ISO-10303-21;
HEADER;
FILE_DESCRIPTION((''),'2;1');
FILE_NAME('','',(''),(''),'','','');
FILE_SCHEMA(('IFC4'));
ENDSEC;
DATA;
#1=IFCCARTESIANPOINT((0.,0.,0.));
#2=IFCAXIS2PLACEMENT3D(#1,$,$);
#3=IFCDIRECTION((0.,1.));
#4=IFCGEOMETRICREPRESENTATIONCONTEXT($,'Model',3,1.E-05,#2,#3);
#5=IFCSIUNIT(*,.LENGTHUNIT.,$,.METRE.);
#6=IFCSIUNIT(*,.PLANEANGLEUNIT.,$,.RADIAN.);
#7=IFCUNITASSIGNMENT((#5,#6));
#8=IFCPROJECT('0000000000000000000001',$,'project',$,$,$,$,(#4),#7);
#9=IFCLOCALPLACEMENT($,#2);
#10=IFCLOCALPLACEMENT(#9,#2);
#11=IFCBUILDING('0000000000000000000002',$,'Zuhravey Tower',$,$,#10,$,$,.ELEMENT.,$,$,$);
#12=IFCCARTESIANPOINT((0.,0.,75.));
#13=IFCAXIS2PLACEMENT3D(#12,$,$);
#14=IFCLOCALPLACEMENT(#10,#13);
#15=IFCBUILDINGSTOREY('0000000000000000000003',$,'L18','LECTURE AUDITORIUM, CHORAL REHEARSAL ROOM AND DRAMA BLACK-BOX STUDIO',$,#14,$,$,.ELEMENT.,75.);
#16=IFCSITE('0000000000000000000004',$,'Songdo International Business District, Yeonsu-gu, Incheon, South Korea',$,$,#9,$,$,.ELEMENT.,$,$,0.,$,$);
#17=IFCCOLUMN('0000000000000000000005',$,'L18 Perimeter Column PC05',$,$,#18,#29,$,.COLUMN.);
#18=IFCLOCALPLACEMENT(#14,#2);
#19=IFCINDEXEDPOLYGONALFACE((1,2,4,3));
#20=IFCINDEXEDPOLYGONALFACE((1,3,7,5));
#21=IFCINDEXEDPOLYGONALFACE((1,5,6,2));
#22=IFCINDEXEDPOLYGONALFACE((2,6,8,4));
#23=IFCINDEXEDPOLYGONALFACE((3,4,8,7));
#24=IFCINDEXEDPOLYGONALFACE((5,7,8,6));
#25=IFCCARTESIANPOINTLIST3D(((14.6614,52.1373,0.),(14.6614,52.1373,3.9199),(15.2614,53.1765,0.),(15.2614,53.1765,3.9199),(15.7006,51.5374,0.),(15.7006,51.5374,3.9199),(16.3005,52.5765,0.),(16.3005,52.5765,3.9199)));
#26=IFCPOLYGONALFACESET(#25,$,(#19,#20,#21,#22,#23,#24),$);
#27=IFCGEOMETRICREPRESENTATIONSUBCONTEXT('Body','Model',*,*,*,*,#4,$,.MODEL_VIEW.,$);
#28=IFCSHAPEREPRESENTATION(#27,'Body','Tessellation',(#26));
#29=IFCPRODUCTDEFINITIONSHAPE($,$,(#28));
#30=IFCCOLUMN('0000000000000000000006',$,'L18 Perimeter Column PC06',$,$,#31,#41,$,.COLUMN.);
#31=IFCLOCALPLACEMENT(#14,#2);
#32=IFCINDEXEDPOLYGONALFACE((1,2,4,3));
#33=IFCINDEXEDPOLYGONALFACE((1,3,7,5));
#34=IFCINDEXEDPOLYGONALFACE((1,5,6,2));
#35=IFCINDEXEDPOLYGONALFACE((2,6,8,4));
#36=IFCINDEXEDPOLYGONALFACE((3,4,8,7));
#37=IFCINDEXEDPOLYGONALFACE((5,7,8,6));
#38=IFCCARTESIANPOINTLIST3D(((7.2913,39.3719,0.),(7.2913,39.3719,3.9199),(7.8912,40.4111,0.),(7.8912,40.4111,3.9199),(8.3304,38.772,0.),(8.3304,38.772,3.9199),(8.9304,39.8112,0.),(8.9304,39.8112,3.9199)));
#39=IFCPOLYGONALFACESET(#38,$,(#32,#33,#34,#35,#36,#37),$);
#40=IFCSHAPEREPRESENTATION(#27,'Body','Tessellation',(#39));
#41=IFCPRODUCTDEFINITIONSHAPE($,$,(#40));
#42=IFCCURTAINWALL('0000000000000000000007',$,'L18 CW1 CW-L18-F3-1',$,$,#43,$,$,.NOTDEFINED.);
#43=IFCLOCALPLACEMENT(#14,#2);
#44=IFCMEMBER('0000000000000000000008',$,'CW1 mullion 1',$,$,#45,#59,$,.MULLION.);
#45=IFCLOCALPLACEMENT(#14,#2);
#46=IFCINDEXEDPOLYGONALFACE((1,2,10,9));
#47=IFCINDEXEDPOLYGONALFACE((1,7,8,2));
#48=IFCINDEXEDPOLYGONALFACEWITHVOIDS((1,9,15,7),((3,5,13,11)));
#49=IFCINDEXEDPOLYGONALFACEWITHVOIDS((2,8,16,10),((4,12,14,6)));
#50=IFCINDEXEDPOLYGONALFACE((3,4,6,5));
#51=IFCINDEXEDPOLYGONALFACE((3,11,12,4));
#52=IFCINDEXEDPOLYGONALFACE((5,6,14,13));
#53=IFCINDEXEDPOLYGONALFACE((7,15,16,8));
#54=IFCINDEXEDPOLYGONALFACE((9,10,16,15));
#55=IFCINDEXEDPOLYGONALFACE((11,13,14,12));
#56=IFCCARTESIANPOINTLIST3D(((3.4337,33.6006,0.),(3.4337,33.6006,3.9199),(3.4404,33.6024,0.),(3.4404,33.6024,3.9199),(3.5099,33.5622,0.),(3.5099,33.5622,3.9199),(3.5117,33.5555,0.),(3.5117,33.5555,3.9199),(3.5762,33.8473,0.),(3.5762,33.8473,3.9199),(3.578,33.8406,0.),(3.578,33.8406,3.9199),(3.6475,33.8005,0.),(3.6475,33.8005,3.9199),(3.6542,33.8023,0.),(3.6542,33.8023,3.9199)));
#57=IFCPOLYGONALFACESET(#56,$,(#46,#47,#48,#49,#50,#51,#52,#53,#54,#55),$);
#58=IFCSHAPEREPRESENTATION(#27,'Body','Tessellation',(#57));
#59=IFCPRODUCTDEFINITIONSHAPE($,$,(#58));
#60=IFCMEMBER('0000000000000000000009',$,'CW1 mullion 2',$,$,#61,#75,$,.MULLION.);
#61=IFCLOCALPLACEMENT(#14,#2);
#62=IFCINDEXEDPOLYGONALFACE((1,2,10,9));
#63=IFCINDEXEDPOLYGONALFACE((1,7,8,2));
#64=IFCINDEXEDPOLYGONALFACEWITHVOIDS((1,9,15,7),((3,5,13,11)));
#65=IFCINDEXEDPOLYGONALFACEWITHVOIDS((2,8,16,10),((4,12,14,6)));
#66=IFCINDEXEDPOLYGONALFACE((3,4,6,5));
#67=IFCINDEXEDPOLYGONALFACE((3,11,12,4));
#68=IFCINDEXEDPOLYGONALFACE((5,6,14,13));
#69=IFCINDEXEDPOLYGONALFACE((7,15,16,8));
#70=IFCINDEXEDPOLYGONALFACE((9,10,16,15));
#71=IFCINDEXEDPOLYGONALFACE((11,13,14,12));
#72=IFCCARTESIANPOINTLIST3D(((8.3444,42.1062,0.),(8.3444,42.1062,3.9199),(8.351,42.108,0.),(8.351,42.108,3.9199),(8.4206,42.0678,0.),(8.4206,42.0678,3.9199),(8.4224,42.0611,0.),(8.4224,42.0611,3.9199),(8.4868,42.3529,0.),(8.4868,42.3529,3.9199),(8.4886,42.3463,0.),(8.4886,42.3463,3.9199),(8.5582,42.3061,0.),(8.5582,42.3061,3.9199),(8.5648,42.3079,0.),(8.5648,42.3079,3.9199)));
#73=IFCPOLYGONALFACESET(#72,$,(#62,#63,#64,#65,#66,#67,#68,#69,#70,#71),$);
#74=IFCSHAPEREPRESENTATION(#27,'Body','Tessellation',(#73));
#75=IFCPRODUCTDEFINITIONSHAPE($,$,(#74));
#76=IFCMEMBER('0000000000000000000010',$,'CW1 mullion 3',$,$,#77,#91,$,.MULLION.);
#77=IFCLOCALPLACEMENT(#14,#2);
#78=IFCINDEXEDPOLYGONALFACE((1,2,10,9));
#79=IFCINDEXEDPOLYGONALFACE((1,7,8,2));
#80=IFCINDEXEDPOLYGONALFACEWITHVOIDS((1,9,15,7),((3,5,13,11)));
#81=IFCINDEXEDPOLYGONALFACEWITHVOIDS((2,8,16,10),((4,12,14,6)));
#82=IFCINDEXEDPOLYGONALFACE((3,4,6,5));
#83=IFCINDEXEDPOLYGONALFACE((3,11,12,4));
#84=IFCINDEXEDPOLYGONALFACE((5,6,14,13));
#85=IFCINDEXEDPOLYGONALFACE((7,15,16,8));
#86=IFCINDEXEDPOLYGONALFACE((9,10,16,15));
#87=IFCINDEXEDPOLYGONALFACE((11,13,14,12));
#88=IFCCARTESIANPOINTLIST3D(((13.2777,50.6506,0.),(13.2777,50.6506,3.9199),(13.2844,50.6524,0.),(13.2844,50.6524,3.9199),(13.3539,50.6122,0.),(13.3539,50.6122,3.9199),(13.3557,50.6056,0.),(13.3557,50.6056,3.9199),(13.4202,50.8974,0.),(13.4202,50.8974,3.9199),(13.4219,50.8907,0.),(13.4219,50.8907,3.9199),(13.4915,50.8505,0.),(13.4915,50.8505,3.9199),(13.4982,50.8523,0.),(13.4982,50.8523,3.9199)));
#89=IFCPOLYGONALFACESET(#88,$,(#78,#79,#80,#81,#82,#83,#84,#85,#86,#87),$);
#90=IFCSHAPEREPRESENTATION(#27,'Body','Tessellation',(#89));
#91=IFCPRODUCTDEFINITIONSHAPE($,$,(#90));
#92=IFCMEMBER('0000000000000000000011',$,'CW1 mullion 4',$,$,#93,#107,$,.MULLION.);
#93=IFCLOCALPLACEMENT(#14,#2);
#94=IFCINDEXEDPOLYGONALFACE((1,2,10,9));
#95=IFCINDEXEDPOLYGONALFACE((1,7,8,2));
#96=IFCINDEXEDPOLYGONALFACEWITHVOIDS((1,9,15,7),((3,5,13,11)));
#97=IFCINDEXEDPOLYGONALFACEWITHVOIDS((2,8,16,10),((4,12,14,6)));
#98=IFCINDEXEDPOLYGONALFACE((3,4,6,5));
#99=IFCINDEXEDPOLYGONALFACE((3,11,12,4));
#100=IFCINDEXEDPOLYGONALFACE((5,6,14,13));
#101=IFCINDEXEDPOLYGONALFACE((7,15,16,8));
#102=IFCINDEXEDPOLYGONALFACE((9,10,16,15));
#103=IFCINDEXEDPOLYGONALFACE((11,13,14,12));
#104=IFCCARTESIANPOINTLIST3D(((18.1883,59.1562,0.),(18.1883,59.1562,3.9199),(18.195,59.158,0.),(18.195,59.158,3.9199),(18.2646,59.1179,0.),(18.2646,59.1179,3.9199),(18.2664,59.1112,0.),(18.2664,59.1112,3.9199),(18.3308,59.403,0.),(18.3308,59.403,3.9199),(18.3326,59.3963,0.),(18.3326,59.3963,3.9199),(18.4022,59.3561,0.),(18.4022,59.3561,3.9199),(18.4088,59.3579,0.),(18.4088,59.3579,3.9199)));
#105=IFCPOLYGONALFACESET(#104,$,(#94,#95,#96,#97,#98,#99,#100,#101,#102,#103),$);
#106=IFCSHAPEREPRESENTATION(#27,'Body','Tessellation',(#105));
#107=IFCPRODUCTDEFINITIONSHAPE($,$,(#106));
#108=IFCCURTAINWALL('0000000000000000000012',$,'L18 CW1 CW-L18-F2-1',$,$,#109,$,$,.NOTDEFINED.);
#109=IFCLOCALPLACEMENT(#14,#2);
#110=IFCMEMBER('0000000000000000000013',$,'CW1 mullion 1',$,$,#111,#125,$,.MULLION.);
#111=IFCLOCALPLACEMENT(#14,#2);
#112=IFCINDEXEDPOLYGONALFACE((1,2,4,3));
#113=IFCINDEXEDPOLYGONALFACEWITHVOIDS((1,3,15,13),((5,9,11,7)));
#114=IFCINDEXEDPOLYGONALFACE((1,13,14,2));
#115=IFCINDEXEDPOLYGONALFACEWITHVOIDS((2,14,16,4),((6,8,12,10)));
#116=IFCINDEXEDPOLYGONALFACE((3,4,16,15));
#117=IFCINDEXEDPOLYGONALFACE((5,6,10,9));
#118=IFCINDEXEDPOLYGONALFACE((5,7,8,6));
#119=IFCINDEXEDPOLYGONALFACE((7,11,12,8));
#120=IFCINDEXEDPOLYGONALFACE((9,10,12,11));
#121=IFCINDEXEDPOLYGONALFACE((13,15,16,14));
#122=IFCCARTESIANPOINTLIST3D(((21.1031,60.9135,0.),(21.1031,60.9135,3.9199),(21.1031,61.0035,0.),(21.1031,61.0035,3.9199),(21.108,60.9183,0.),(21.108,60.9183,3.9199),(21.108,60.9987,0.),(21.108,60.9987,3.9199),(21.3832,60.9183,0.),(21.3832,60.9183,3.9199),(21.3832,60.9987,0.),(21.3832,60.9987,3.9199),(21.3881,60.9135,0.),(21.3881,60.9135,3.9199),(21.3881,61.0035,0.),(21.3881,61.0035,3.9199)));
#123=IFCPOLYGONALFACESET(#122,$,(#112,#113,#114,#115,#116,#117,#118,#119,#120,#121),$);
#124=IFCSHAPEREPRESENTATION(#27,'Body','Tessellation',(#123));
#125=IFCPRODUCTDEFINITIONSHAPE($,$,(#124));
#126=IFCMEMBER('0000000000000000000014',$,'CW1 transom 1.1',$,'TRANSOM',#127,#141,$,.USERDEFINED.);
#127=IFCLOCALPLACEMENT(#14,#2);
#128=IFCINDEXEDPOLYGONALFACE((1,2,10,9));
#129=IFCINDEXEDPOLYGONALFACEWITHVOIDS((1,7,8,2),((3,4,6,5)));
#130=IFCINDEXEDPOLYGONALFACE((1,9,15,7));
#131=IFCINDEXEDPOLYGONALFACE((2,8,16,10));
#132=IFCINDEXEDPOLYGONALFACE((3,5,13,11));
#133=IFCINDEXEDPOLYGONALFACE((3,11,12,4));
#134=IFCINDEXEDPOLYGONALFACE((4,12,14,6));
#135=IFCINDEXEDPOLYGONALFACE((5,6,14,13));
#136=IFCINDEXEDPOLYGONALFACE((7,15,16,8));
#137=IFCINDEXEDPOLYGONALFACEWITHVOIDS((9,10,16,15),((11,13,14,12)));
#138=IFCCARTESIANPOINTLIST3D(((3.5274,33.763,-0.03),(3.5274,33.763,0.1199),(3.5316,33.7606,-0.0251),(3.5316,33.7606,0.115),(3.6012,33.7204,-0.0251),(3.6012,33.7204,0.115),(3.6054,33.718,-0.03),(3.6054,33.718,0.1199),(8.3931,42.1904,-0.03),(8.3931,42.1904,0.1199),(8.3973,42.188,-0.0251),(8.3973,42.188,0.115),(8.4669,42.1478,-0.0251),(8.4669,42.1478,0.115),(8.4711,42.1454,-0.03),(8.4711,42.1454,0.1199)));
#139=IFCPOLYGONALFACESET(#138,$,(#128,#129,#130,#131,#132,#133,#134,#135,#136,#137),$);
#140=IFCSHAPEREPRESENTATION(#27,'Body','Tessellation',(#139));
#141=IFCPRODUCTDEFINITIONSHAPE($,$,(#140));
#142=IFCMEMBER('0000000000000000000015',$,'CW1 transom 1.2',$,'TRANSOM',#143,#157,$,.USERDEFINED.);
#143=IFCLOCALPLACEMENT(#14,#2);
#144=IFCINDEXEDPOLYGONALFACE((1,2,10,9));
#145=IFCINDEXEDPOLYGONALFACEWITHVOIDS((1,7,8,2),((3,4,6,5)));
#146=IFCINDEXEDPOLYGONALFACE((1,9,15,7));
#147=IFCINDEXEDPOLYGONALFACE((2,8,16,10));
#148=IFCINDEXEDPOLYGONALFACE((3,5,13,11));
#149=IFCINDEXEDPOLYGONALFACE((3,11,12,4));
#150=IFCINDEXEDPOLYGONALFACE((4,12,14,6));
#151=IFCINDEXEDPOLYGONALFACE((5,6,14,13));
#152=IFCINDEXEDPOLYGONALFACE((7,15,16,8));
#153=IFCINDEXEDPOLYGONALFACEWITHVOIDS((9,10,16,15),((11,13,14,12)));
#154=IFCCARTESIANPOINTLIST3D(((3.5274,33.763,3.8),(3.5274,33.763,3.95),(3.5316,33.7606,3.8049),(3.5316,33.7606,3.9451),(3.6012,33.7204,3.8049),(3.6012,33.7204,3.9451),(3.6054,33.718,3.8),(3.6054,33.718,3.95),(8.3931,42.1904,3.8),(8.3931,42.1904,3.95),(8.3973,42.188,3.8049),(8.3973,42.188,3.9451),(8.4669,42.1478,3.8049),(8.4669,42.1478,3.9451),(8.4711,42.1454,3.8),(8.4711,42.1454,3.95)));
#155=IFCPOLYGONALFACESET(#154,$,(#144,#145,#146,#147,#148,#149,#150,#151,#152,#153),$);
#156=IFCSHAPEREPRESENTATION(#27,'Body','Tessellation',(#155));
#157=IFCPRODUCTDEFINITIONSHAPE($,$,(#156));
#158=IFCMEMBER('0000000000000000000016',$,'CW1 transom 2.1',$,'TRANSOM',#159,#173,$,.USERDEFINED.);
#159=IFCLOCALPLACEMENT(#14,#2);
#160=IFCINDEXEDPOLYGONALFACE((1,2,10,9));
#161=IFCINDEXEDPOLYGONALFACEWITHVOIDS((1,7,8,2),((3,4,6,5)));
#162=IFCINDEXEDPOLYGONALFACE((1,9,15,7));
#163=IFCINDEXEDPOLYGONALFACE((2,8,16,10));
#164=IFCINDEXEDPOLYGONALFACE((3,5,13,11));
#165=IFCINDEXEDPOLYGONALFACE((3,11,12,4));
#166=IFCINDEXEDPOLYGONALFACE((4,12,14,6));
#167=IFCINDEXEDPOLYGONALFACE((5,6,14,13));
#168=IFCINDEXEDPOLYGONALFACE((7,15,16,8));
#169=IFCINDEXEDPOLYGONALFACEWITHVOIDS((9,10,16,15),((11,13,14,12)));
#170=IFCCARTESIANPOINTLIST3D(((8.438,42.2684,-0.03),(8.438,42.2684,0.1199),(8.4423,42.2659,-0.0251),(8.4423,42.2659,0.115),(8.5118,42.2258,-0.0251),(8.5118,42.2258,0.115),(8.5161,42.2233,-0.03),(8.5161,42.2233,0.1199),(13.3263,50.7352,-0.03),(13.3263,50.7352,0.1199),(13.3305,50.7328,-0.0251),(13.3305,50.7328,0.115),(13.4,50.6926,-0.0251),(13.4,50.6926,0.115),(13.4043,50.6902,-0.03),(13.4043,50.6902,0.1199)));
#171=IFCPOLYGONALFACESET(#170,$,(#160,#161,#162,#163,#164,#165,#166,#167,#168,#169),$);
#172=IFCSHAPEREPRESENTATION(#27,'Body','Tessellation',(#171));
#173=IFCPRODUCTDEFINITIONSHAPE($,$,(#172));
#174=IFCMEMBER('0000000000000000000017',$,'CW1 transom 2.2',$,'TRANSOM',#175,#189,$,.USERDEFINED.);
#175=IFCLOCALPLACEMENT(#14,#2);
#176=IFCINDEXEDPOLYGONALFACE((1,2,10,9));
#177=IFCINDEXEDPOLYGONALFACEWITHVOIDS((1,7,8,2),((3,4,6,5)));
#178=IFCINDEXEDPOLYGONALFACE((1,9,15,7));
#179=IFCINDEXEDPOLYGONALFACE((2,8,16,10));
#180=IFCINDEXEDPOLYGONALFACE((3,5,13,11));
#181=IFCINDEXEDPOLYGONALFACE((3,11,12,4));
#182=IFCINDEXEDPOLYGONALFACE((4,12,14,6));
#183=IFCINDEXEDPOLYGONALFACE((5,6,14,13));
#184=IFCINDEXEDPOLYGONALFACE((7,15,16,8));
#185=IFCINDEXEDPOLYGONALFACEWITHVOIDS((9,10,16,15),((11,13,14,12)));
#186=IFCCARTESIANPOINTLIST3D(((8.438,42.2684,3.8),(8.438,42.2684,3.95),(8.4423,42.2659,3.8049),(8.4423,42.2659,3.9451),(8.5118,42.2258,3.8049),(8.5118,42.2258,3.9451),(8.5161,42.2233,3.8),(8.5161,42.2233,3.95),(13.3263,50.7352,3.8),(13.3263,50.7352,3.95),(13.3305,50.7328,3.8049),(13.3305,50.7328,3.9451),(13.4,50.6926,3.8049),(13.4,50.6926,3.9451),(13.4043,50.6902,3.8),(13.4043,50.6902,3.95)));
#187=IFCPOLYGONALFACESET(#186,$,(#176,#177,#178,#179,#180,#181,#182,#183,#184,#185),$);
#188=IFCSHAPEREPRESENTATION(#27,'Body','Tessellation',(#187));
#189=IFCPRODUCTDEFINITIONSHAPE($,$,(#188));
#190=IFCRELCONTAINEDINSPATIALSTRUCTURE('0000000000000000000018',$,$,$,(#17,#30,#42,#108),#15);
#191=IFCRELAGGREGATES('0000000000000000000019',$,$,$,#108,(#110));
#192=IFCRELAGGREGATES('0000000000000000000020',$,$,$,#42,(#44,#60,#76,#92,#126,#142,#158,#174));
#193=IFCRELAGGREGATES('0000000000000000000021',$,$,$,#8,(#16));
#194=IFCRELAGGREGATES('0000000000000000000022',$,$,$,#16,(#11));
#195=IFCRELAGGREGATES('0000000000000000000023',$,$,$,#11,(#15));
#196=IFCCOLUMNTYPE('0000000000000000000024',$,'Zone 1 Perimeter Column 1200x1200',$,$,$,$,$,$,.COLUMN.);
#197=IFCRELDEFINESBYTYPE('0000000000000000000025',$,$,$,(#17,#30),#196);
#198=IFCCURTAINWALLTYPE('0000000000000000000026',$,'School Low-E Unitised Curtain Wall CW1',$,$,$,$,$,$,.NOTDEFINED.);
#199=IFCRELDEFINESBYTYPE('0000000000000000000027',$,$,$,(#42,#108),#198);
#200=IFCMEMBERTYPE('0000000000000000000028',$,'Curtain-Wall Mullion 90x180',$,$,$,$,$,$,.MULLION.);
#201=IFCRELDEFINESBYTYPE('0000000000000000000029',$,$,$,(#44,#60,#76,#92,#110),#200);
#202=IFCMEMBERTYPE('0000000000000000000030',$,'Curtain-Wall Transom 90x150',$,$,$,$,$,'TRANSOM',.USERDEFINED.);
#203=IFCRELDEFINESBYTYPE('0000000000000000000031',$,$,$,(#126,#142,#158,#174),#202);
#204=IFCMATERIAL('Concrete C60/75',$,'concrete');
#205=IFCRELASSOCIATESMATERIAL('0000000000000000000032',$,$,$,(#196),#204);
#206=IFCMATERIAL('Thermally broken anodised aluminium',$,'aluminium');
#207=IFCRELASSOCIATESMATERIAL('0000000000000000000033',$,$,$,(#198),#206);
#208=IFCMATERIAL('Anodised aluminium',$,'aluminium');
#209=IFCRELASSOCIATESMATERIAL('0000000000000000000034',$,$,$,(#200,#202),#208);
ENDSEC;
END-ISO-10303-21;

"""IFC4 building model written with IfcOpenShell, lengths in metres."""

from ifc_helpers import new_model, si_unit, direction, frame, origin, origin_2d, place, context, subcontext, project, spatial, rectangle, hollow_rectangle, extrude, material, material_profile, profile_set, type_object, element, aggregate, save


model = new_model("IFC4")

# Units and contexts
model_context = context("Model", 3, precision=1e-05, world=origin(), true_north=direction((0.0, 1.0)))
body_context = subcontext(model_context, "Body", "Model", "MODEL_VIEW")
ifc_project = project(units=[si_unit("LENGTHUNIT", "METRE"), si_unit("PLANEANGLEUNIT", "RADIAN")], contexts=[model_context])

# Site, building, storey
site_placement = place(None, origin())
site = spatial("IfcSite", under=ifc_project, at=site_placement, Name="Songdo International Business District, Yeonsu-gu, Incheon, South Korea", CompositionType="ELEMENT", RefElevation=0.0)
building_placement = place(site_placement, origin())
building = spatial("IfcBuilding", under=site, at=building_placement, Name="Zuhravey Tower", CompositionType="ELEMENT")
storey_placement = place(building_placement, frame((0.0, 0.0, 75.0)))
storey = spatial("IfcBuildingStorey", under=building, at=storey_placement, Name="L18", Description="LECTURE AUDITORIUM, CHORAL REHEARSAL ROOM AND DRAMA BLACK-BOX STUDIO", CompositionType="ELEMENT", Elevation=75.0)

# Columns
ifc_material_1 = material(Name="Concrete C60/75", Category="concrete")
ifc_material_profile_1 = material_profile(ifc_material_1, rectangle(XDim=1.2, YDim=1.2, at=origin_2d()), Name="RC-1200x1200")
ifc_profile_set_1 = profile_set([ifc_material_profile_1], Name="Concrete C60/75")
column_type = type_object("IfcColumnType", Name="Zone 1 Perimeter Column 1200x1200", PredefinedType="COLUMN", material=ifc_profile_set_1)
for number, where, z_axis, x_axis, name in (
    (1, (15.481, 52.3569, 0.0), (0.0, 0.0, 1.0), (-0.5, -0.866025, 0.0), "L18 Perimeter Column PC05"),
    (2, (8.1108, 39.5916, 0.0), (0.0, 0.0, 1.0), (-0.5, -0.866025, 0.0), "L18 Perimeter Column PC06"),
):
    element("IfcColumn", number, at=place(storey_placement, frame(where, z_axis=z_axis, x_axis=x_axis)), inside=storey, type_object=column_type, Name=name, PredefinedType="COLUMN", context=body_context, shape_type="SweptSolid", body=[
        extrude(rectangle(XDim=1.2, YDim=1.2, at=origin_2d()), origin(), (0.0, 0.0, 1.0), 3.9199),
    ])

# Curtain wall, members
ifc_material_2 = material(Name="Thermally broken anodised aluminium", Category="aluminium")
curtain_wall_type = type_object("IfcCurtainWallType", Name="School Low-E Unitised Curtain Wall CW1", PredefinedType="NOTDEFINED", material=ifc_material_2)
curtain_wall_1_placement = place(storey_placement, origin())
curtain_wall_1 = element("IfcCurtainWall", 3, at=curtain_wall_1_placement, inside=storey, type_object=curtain_wall_type, Name="L18 CW1 CW-L18-F3-1", PredefinedType="NOTDEFINED")
ifc_material_3 = material(Name="Anodised aluminium", Category="aluminium")
ifc_material_profile_2 = material_profile(ifc_material_3, hollow_rectangle(XDim=0.0901, YDim=0.2849, WallThickness=0.0049, at=origin_2d()), Name="ALU-RHS-90x285x5")
ifc_profile_set_2 = profile_set([ifc_material_profile_2], Name="Anodised aluminium")
member_type_1 = type_object("IfcMemberType", Name="Curtain-Wall Mullion 90x180", PredefinedType="MULLION", material=ifc_profile_set_2)
member_1_placement = place(storey_placement, frame((3.5439, 33.7014, 0.0), z_axis=(0.0, 0.0, 1.0), x_axis=(-0.866026, 0.5, 0.0)))
member_1 = element("IfcMember", 4, at=member_1_placement, type_object=member_type_1, Name="CW1 mullion 1", PredefinedType="MULLION", context=body_context, shape_type="SweptSolid", body=[
    extrude(hollow_rectangle(XDim=0.0901, YDim=0.2849, WallThickness=0.0049, at=origin_2d()), origin(), (0.0, 0.0, 1.0), 3.9199),
])
member_2_placement = place(storey_placement, frame((8.4546, 42.207, 0.0), z_axis=(0.0, 0.0, 1.0), x_axis=(-0.866026, 0.5, 0.0)))
member_2 = element("IfcMember", 5, at=member_2_placement, type_object=member_type_1, Name="CW1 mullion 2", PredefinedType="MULLION", context=body_context, shape_type="SweptSolid", body=[
    extrude(hollow_rectangle(XDim=0.0901, YDim=0.2849, WallThickness=0.0049, at=origin_2d()), origin(), (0.0, 0.0, 1.0), 3.9199),
])
member_3_placement = place(storey_placement, frame((13.3879, 50.7515, 0.0), z_axis=(0.0, 0.0, 1.0), x_axis=(-0.866026, 0.5, 0.0)))
member_3 = element("IfcMember", 6, at=member_3_placement, type_object=member_type_1, Name="CW1 mullion 3", PredefinedType="MULLION", context=body_context, shape_type="SweptSolid", body=[
    extrude(hollow_rectangle(XDim=0.0901, YDim=0.2849, WallThickness=0.0049, at=origin_2d()), origin(), (0.0, 0.0, 1.0), 3.9199),
])
member_4_placement = place(storey_placement, frame((18.2986, 59.2571, 0.0), z_axis=(0.0, 0.0, 1.0), x_axis=(-0.866026, 0.5, 0.0)))
member_4 = element("IfcMember", 7, at=member_4_placement, type_object=member_type_1, Name="CW1 mullion 4", PredefinedType="MULLION", context=body_context, shape_type="SweptSolid", body=[
    extrude(hollow_rectangle(XDim=0.0901, YDim=0.2849, WallThickness=0.0049, at=origin_2d()), origin(), (0.0, 0.0, 1.0), 3.9199),
])

# Curtain wall, member
curtain_wall_2_placement = place(storey_placement, origin())
curtain_wall_2 = element("IfcCurtainWall", 8, at=curtain_wall_2_placement, inside=storey, type_object=curtain_wall_type, Name="L18 CW1 CW-L18-F2-1", PredefinedType="NOTDEFINED")
member_5_placement = place(storey_placement, frame((21.2456, 60.9585, 0.0), z_axis=(0.0, 0.0, 1.0), x_axis=(0.0, 1.0, 0.0)))
member_5 = element("IfcMember", 9, at=member_5_placement, type_object=member_type_1, Name="CW1 mullion 1", PredefinedType="MULLION", context=body_context, shape_type="SweptSolid", body=[
    extrude(hollow_rectangle(XDim=0.0901, YDim=0.2849, WallThickness=0.0049, at=origin_2d()), origin(), (0.0, 0.0, 1.0), 3.9199),
])

# Members
ifc_material_profile_3 = material_profile(ifc_material_3, hollow_rectangle(XDim=0.0901, YDim=0.1499, WallThickness=0.0049, at=origin_2d()), Name="ALU-RHS-90x150x5")
ifc_profile_set_3 = profile_set([ifc_material_profile_3], Name="Anodised aluminium")
member_type_2 = type_object("IfcMemberType", Name="Curtain-Wall Transom 90x150", ElementType="TRANSOM", PredefinedType="USERDEFINED", material=ifc_profile_set_3)
member_6_placement = place(storey_placement, frame((3.5664, 33.7405, 0.0449), z_axis=(0.500008, 0.866021, 0.0), x_axis=(-0.866021, 0.500008, 0.0)))
member_6 = element("IfcMember", 10, at=member_6_placement, type_object=member_type_2, Name="CW1 transom 1.1", ObjectType="TRANSOM", PredefinedType="USERDEFINED", context=body_context, shape_type="SweptSolid", body=[
    extrude(hollow_rectangle(XDim=0.0901, YDim=0.1499, WallThickness=0.0049, at=origin_2d()), origin(), (0.0, 0.0, 1.0), 9.7312),
])
member_7_placement = place(storey_placement, frame((3.5664, 33.7405, 3.875), z_axis=(0.500008, 0.866021, 0.0), x_axis=(-0.866021, 0.500008, 0.0)))
member_7 = element("IfcMember", 11, at=member_7_placement, type_object=member_type_2, Name="CW1 transom 1.2", ObjectType="TRANSOM", PredefinedType="USERDEFINED", context=body_context, shape_type="SweptSolid", body=[
    extrude(hollow_rectangle(XDim=0.0901, YDim=0.1499, WallThickness=0.0049, at=origin_2d()), origin(), (0.0, 0.0, 1.0), 9.7312),
])
member_8_placement = place(storey_placement, frame((8.4771, 42.2458, 0.0449), z_axis=(0.49999, 0.866031, 0.0), x_axis=(-0.866031, 0.49999, 0.0)))
member_8 = element("IfcMember", 12, at=member_8_placement, type_object=member_type_2, Name="CW1 transom 2.1", ObjectType="TRANSOM", PredefinedType="USERDEFINED", context=body_context, shape_type="SweptSolid", body=[
    extrude(hollow_rectangle(XDim=0.0901, YDim=0.1499, WallThickness=0.0049, at=origin_2d()), origin(), (0.0, 0.0, 1.0), 9.7766),
])
member_9_placement = place(storey_placement, frame((8.4771, 42.2458, 3.875), z_axis=(0.49999, 0.866031, 0.0), x_axis=(-0.866031, 0.49999, 0.0)))
member_9 = element("IfcMember", 13, at=member_9_placement, type_object=member_type_2, Name="CW1 transom 2.2", ObjectType="TRANSOM", PredefinedType="USERDEFINED", context=body_context, shape_type="SweptSolid", body=[
    extrude(hollow_rectangle(XDim=0.0901, YDim=0.1499, WallThickness=0.0049, at=origin_2d()), origin(), (0.0, 0.0, 1.0), 9.7766),
])
aggregate(curtain_wall_2, [member_5])

aggregate(curtain_wall_1, [member_1, member_2, member_3, member_4, member_6, member_7, member_8, member_9])

save(model, "model.ifc")
